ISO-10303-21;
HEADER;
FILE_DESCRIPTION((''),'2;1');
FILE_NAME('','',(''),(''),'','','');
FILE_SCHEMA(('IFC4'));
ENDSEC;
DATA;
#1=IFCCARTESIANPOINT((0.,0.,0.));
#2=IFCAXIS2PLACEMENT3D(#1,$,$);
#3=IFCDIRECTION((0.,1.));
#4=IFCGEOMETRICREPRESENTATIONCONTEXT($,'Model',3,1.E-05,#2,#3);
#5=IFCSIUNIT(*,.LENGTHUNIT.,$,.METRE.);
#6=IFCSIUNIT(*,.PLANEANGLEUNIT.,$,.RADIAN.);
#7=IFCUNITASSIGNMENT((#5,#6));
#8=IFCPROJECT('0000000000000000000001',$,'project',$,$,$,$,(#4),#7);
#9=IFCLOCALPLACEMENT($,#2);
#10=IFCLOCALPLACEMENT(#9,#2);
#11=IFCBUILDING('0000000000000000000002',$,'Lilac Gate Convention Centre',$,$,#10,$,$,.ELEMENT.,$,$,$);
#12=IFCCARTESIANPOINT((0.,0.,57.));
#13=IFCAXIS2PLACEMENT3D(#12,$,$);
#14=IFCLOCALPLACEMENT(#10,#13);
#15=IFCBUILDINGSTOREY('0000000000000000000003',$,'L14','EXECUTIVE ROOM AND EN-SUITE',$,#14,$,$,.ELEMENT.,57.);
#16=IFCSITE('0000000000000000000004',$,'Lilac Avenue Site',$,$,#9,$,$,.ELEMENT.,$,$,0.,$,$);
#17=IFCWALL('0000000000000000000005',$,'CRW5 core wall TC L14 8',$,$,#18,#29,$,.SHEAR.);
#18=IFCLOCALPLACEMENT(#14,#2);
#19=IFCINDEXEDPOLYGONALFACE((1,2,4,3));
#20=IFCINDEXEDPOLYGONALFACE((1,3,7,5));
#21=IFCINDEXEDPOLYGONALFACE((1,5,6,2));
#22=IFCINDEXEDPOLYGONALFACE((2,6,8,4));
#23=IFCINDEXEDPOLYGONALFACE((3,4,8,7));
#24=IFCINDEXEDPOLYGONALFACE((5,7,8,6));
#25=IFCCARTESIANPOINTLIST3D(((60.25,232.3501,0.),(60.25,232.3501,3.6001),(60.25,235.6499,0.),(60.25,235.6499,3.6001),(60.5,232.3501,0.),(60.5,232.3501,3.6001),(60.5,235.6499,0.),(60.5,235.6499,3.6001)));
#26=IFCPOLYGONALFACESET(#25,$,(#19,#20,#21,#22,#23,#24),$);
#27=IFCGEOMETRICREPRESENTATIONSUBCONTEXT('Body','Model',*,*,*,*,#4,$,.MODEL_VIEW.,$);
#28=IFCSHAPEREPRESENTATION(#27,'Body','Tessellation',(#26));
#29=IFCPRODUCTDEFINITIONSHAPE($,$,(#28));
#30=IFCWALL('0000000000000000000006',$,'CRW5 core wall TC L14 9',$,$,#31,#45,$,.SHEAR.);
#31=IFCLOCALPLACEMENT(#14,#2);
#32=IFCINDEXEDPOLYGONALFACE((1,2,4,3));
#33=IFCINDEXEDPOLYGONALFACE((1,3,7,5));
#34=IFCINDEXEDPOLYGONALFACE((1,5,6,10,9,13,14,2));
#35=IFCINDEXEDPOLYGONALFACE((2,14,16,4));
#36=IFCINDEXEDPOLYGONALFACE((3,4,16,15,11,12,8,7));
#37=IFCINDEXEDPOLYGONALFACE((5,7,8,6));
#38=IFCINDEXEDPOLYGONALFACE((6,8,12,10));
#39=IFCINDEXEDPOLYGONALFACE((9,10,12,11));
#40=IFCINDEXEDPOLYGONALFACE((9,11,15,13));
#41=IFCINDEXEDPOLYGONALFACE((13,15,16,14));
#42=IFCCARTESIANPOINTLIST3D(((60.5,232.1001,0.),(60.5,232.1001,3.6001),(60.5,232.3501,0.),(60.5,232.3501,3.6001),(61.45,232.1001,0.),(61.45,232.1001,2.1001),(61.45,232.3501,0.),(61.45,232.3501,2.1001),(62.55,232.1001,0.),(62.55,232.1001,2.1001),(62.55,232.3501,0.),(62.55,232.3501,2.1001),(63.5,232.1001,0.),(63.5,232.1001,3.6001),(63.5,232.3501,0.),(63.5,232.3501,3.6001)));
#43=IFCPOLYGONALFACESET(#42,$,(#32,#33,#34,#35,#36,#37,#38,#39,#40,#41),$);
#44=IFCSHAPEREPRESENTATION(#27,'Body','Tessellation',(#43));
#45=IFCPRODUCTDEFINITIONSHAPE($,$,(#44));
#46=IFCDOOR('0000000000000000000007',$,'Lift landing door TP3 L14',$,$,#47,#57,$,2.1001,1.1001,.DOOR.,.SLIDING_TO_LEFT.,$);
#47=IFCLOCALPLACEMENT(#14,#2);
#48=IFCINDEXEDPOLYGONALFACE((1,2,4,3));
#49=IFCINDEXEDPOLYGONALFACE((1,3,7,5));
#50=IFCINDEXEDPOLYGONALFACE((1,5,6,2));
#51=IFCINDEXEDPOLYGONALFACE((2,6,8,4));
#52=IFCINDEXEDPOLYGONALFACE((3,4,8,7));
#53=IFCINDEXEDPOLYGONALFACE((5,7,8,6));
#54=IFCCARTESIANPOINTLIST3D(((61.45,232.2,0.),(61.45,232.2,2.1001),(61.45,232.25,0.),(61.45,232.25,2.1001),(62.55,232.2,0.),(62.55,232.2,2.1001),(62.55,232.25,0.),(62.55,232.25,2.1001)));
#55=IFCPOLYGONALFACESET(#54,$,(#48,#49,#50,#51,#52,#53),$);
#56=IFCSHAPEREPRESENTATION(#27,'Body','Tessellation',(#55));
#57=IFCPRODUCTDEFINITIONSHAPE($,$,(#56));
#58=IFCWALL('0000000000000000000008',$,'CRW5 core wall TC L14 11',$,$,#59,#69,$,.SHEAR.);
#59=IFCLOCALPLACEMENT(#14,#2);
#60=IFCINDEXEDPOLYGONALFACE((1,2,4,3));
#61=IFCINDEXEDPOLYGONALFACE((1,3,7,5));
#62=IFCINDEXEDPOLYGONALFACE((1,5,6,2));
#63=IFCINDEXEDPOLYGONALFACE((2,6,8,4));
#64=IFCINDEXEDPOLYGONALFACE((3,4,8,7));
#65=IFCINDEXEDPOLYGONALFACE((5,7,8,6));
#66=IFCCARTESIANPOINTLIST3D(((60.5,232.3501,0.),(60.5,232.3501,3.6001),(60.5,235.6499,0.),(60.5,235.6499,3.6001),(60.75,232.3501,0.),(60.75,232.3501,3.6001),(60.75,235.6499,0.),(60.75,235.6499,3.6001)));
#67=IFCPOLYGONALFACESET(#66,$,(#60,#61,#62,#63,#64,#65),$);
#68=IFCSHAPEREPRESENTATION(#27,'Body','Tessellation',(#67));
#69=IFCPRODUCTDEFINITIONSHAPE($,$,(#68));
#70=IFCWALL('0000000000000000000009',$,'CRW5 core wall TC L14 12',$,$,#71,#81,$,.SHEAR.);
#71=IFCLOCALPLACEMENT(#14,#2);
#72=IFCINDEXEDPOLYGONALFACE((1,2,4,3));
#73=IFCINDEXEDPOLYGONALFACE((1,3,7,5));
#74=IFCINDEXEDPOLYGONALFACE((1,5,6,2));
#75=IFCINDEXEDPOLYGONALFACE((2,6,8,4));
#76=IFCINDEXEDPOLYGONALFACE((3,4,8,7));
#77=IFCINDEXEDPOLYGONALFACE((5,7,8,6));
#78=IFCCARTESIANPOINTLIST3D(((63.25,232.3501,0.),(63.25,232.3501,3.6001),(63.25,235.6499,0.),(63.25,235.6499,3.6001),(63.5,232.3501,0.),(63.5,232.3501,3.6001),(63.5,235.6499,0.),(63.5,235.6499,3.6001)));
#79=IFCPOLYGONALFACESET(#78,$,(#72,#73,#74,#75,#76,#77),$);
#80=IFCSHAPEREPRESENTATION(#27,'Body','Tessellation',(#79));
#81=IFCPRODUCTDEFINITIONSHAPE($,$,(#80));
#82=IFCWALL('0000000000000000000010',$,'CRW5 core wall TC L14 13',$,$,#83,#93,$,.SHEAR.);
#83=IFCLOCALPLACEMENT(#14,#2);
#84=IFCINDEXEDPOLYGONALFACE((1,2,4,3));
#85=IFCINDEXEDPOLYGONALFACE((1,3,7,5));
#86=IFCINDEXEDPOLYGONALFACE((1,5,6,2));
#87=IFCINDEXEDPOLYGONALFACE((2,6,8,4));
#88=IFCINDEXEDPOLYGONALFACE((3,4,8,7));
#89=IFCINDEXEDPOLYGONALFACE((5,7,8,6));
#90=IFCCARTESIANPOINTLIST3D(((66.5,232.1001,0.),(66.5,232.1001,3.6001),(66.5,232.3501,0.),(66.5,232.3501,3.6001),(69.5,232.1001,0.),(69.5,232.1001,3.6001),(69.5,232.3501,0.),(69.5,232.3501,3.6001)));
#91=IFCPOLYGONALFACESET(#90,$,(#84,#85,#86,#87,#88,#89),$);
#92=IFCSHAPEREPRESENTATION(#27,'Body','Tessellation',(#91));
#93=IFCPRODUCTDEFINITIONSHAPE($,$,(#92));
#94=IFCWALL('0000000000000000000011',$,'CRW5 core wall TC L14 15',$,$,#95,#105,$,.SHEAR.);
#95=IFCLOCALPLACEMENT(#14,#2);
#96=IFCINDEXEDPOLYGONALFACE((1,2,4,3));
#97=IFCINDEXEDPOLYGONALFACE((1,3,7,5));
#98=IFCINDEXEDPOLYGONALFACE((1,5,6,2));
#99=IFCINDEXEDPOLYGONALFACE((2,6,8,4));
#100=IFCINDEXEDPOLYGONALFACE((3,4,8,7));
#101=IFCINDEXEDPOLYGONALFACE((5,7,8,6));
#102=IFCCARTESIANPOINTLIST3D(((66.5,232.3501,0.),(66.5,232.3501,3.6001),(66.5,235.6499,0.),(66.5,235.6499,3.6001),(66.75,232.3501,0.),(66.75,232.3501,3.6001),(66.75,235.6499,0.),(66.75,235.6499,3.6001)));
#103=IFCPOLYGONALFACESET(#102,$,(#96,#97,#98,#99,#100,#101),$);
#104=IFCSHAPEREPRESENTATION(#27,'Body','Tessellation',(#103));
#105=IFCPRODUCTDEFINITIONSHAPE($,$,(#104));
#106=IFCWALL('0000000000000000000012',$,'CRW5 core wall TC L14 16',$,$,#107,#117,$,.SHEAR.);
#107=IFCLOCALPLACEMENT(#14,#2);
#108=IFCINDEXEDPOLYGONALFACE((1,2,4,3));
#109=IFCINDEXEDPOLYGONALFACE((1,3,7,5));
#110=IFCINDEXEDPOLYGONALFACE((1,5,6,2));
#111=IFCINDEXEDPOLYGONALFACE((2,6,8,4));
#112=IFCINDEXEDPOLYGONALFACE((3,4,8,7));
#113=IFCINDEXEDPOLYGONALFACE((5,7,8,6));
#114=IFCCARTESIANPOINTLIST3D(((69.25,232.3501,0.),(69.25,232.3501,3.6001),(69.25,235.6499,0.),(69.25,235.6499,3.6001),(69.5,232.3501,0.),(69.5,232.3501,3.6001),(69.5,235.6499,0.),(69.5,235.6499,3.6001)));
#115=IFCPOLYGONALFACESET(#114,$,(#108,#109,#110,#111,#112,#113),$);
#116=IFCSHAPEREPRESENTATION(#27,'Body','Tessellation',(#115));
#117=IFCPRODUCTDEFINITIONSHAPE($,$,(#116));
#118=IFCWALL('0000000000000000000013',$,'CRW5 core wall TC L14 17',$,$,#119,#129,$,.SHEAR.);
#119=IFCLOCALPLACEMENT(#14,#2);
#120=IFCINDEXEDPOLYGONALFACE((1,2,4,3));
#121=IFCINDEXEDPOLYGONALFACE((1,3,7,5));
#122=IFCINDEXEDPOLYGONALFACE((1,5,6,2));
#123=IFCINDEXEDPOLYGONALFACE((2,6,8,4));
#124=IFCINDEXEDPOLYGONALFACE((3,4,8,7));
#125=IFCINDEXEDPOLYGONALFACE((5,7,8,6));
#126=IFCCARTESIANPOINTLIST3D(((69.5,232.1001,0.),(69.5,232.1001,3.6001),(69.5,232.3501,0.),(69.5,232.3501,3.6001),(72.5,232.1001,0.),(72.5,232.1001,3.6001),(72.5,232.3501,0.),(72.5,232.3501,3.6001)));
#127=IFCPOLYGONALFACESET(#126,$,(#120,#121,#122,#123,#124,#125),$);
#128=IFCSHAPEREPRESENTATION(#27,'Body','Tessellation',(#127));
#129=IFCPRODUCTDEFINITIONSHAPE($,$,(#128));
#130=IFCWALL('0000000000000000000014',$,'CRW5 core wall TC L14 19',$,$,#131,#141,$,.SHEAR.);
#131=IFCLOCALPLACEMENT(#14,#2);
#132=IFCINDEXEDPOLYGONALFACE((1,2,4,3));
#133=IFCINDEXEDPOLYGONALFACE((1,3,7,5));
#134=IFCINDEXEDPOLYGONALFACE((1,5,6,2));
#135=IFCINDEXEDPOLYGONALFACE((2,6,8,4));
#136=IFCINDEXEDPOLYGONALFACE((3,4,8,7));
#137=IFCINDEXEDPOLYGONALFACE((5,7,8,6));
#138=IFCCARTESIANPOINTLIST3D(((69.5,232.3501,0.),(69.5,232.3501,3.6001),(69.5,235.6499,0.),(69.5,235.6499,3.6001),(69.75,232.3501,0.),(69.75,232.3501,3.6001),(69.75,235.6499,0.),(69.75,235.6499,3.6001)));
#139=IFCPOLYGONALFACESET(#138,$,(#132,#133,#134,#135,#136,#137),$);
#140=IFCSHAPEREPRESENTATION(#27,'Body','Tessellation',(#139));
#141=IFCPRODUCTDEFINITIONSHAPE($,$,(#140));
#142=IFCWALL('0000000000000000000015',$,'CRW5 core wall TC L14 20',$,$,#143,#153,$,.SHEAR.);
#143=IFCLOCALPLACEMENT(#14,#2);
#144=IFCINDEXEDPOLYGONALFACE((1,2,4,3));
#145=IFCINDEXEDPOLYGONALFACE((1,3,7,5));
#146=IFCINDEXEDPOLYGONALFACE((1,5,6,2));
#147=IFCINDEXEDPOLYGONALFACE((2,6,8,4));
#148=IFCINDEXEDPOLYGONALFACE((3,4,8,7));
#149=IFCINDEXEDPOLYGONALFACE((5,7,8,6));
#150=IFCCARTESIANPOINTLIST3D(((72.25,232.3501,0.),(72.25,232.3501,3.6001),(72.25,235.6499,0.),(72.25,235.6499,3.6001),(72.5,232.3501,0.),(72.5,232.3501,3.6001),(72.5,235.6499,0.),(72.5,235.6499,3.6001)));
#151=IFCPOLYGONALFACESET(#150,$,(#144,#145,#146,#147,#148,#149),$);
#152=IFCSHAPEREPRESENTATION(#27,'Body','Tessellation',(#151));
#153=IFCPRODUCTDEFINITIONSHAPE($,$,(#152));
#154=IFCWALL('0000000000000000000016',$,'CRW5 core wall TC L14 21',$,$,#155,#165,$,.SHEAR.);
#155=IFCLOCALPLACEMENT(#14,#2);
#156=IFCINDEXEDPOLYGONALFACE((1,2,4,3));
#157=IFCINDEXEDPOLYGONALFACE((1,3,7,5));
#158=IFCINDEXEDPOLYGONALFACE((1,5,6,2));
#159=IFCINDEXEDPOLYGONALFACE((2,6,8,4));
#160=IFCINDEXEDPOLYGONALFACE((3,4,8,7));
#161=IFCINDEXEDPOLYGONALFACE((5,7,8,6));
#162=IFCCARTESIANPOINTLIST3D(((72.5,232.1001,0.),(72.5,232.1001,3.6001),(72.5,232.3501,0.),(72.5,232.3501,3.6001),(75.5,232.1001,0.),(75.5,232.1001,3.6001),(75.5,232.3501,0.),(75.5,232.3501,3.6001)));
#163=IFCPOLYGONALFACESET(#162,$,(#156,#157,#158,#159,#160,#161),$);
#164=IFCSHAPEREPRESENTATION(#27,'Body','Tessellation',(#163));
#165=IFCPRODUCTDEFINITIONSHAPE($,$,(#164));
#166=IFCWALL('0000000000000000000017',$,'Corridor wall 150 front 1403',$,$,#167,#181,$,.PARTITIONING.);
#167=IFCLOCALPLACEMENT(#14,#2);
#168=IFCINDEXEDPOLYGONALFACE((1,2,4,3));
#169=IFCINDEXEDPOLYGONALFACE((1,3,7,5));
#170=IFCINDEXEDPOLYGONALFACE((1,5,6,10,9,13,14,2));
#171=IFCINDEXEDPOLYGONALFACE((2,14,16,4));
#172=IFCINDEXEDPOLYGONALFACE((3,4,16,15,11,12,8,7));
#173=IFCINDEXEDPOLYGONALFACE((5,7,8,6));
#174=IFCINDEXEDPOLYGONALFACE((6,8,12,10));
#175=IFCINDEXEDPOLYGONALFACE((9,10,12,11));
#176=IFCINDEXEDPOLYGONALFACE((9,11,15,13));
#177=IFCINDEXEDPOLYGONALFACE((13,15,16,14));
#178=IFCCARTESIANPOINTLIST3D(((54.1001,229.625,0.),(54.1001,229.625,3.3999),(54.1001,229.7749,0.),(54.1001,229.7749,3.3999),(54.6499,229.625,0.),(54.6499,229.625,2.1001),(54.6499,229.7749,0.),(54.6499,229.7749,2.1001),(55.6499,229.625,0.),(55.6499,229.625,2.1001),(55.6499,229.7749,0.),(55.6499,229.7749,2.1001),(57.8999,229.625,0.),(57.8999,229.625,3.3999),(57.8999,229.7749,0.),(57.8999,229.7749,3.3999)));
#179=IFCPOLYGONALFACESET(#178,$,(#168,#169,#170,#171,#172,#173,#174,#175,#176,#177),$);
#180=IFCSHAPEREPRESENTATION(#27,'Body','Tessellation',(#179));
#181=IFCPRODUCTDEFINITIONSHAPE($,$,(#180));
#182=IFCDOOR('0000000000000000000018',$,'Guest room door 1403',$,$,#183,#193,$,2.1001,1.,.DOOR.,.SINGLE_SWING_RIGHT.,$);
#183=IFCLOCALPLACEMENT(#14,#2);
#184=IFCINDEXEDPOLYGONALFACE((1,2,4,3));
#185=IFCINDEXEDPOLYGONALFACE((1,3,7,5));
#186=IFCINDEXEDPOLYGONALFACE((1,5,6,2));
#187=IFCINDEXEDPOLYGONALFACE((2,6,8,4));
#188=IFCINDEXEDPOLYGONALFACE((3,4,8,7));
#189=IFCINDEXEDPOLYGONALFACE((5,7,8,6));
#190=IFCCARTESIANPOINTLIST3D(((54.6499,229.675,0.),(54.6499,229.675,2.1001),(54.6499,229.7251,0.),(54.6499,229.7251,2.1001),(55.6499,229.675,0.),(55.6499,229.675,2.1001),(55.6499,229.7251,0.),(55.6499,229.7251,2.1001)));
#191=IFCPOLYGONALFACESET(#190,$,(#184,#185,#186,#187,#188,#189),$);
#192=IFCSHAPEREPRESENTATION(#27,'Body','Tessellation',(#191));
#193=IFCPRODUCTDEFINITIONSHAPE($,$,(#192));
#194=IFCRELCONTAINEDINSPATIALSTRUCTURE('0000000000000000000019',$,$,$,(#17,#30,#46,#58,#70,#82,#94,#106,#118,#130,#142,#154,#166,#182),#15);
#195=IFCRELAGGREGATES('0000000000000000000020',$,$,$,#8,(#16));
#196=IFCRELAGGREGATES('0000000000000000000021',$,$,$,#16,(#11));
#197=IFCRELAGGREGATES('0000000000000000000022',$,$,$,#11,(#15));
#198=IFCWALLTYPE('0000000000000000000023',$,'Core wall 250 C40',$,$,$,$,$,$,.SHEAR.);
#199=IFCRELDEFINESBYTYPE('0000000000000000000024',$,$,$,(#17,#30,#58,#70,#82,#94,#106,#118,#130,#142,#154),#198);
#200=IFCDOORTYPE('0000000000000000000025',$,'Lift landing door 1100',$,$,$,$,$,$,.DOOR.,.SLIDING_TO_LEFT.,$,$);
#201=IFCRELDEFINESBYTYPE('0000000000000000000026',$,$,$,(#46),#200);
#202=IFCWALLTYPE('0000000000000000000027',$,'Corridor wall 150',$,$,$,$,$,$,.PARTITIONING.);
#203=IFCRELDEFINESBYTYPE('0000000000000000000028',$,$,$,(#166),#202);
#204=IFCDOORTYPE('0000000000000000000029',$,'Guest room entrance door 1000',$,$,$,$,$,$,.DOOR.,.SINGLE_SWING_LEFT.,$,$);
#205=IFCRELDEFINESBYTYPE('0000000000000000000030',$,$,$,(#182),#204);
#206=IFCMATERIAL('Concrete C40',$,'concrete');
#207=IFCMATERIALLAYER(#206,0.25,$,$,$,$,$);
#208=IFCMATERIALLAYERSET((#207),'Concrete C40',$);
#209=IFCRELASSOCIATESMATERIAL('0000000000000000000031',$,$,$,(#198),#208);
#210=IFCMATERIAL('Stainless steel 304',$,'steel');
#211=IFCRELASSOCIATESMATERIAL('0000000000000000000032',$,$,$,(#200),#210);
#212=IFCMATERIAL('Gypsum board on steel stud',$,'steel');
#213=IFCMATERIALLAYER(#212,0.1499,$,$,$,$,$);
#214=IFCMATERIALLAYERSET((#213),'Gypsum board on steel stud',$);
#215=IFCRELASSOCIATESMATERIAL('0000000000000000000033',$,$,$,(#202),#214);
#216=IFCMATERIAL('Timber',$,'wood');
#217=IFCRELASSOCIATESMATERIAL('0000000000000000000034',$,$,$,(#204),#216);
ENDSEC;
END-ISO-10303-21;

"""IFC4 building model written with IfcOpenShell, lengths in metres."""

from ifc_helpers import new_model, si_unit, direction, frame, frame_2d, origin, place, context, subcontext, project, spatial, rectangle, extrude, material, layer, layer_set, type_object, element, fill, save


model = new_model("IFC4")

# Units and contexts
model_context = context("Model", 3, precision=1e-05, world=origin(), true_north=direction((0.0, 1.0)))
body_context = subcontext(model_context, "Body", "Model", "MODEL_VIEW")
ifc_project = project(units=[si_unit("LENGTHUNIT", "METRE"), si_unit("PLANEANGLEUNIT", "RADIAN")], contexts=[model_context])

# Site, building, storey
site_placement = place(None, origin())
site = spatial("IfcSite", under=ifc_project, at=site_placement, Name="Lilac Avenue Site", CompositionType="ELEMENT", RefElevation=0.0)
building_placement = place(site_placement, origin())
building = spatial("IfcBuilding", under=site, at=building_placement, Name="Lilac Gate Convention Centre", CompositionType="ELEMENT")
storey_placement = place(building_placement, frame((0.0, 0.0, 57.0)))
storey = spatial("IfcBuildingStorey", under=building, at=storey_placement, Name="L14", Description="EXECUTIVE ROOM AND EN-SUITE", CompositionType="ELEMENT", Elevation=57.0)

# Wall
ifc_material_1 = material(Name="Concrete C40", Category="concrete")
ifc_layer_1 = layer(ifc_material_1, 0.25)
ifc_layer_set_1 = layer_set([ifc_layer_1], Name="Concrete C40")
wall_type_1 = type_object("IfcWallType", Name="Core wall 250 C40", PredefinedType="SHEAR", material=ifc_layer_set_1)
wall_1_placement = place(storey_placement, frame((60.375, 232.3501, 0.0), z_axis=(0.0, 0.0, 1.0), x_axis=(0.0, 1.0, 0.0)))
element("IfcWall", 1, at=wall_1_placement, inside=storey, type_object=wall_type_1, Name="CRW5 core wall TC L14 8", PredefinedType="SHEAR", context=body_context, shape_type="SweptSolid", body=[
    extrude(rectangle(XDim=3.2998, YDim=0.25, at=frame_2d((1.6499, 0.0))), origin(), (0.0, 0.0, 1.0), 3.6001),
])

# Wall, opening, door
wall_2_placement = place(storey_placement, frame((60.5, 232.2251, 0.0), z_axis=(0.0, 0.0, 1.0), x_axis=(1.0, 0.0, 0.0)))
wall_2 = element("IfcWall", 2, at=wall_2_placement, inside=storey, type_object=wall_type_1, Name="CRW5 core wall TC L14 9", PredefinedType="SHEAR", context=body_context, shape_type="SweptSolid", body=[
    extrude(rectangle(XDim=3.0, YDim=0.25, at=frame_2d((1.5, 0.0))), origin(), (0.0, 0.0, 1.0), 3.6001),
])
opening_1_placement = place(wall_2_placement, frame((0.95, 0.0, 0.0)))
opening_1 = element("IfcOpeningElement", 3, at=opening_1_placement, cuts=wall_2, PredefinedType="OPENING", context=body_context, shape_type="SweptSolid", body=[
    extrude(rectangle(XDim=1.1001, YDim=2.1001, at=frame_2d((0.55, 1.05))), frame((0.0, 0.135, 0.0), z_axis=(0.0, -1.0, 0.0), x_axis=(1.0, 0.0, 0.0)), (0.0, 0.0, 1.0), 0.27),
])
ifc_material_2 = material(Name="Stainless steel 304", Category="steel")
door_type_1 = type_object("IfcDoorType", Name="Lift landing door 1100", OperationType="SLIDING_TO_LEFT", PredefinedType="DOOR", material=ifc_material_2)
door_1_placement = place(opening_1_placement, origin())
door_1 = element("IfcDoor", 4, at=door_1_placement, inside=storey, type_object=door_type_1, Name="Lift landing door TP3 L14", OperationType="SLIDING_TO_LEFT", OverallHeight=2.1001, OverallWidth=1.1001, PredefinedType="DOOR", context=body_context, shape_type="SweptSolid", body=[
    extrude(rectangle(XDim=1.1001, YDim=2.1001, at=frame_2d((0.55, 1.05))), frame((0.0, 0.0249, 0.0), z_axis=(0.0, -1.0, 0.0), x_axis=(1.0, 0.0, 0.0)), (0.0, 0.0, 1.0), 0.05),
])
fill(opening_1, door_1)

# Walls
for number, where, z_axis, x_axis, name in (
    (5, (60.625, 232.3501, 0.0), (0.0, 0.0, 1.0), (0.0, 1.0, 0.0), "CRW5 core wall TC L14 11"),
    (6, (63.375, 232.3501, 0.0), (0.0, 0.0, 1.0), (0.0, 1.0, 0.0), "CRW5 core wall TC L14 12"),
):
    element("IfcWall", number, at=place(storey_placement, frame(where, z_axis=z_axis, x_axis=x_axis)), inside=storey, type_object=wall_type_1, Name=name, PredefinedType="SHEAR", context=body_context, shape_type="SweptSolid", body=[
        extrude(rectangle(XDim=3.2998, YDim=0.25, at=frame_2d((1.6499, 0.0))), origin(), (0.0, 0.0, 1.0), 3.6001),
    ])
wall_3_placement = place(storey_placement, frame((66.5, 232.2251, 0.0), z_axis=(0.0, 0.0, 1.0), x_axis=(1.0, 0.0, 0.0)))
element("IfcWall", 7, at=wall_3_placement, inside=storey, type_object=wall_type_1, Name="CRW5 core wall TC L14 13", PredefinedType="SHEAR", context=body_context, shape_type="SweptSolid", body=[
    extrude(rectangle(XDim=3.0, YDim=0.25, at=frame_2d((1.5, 0.0))), origin(), (0.0, 0.0, 1.0), 3.6001),
])
for number, where, z_axis, x_axis, name in (
    (8, (66.625, 232.3501, 0.0), (0.0, 0.0, 1.0), (0.0, 1.0, 0.0), "CRW5 core wall TC L14 15"),
    (9, (69.375, 232.3501, 0.0), (0.0, 0.0, 1.0), (0.0, 1.0, 0.0), "CRW5 core wall TC L14 16"),
):
    element("IfcWall", number, at=place(storey_placement, frame(where, z_axis=z_axis, x_axis=x_axis)), inside=storey, type_object=wall_type_1, Name=name, PredefinedType="SHEAR", context=body_context, shape_type="SweptSolid", body=[
        extrude(rectangle(XDim=3.2998, YDim=0.25, at=frame_2d((1.6499, 0.0))), origin(), (0.0, 0.0, 1.0), 3.6001),
    ])
wall_4_placement = place(storey_placement, frame((69.5, 232.2251, 0.0), z_axis=(0.0, 0.0, 1.0), x_axis=(1.0, 0.0, 0.0)))
element("IfcWall", 10, at=wall_4_placement, inside=storey, type_object=wall_type_1, Name="CRW5 core wall TC L14 17", PredefinedType="SHEAR", context=body_context, shape_type="SweptSolid", body=[
    extrude(rectangle(XDim=3.0, YDim=0.25, at=frame_2d((1.5, 0.0))), origin(), (0.0, 0.0, 1.0), 3.6001),
])
for number, where, z_axis, x_axis, name in (
    (11, (69.625, 232.3501, 0.0), (0.0, 0.0, 1.0), (0.0, 1.0, 0.0), "CRW5 core wall TC L14 19"),
    (12, (72.375, 232.3501, 0.0), (0.0, 0.0, 1.0), (0.0, 1.0, 0.0), "CRW5 core wall TC L14 20"),
):
    element("IfcWall", number, at=place(storey_placement, frame(where, z_axis=z_axis, x_axis=x_axis)), inside=storey, type_object=wall_type_1, Name=name, PredefinedType="SHEAR", context=body_context, shape_type="SweptSolid", body=[
        extrude(rectangle(XDim=3.2998, YDim=0.25, at=frame_2d((1.6499, 0.0))), origin(), (0.0, 0.0, 1.0), 3.6001),
    ])
wall_5_placement = place(storey_placement, frame((72.5, 232.2251, 0.0), z_axis=(0.0, 0.0, 1.0), x_axis=(1.0, 0.0, 0.0)))
element("IfcWall", 13, at=wall_5_placement, inside=storey, type_object=wall_type_1, Name="CRW5 core wall TC L14 21", PredefinedType="SHEAR", context=body_context, shape_type="SweptSolid", body=[
    extrude(rectangle(XDim=3.0, YDim=0.25, at=frame_2d((1.5, 0.0))), origin(), (0.0, 0.0, 1.0), 3.6001),
])

# Wall, opening, door
ifc_material_3 = material(Name="Gypsum board on steel stud", Category="steel")
ifc_layer_2 = layer(ifc_material_3, 0.1499)
ifc_layer_set_2 = layer_set([ifc_layer_2], Name="Gypsum board on steel stud")
wall_type_2 = type_object("IfcWallType", Name="Corridor wall 150", PredefinedType="PARTITIONING", material=ifc_layer_set_2)
wall_6_placement = place(storey_placement, frame((57.8999, 229.7, 0.0), z_axis=(0.0, 0.0, 1.0), x_axis=(-1.0, 0.0, 0.0)))
wall_6 = element("IfcWall", 14, at=wall_6_placement, inside=storey, type_object=wall_type_2, Name="Corridor wall 150 front 1403", PredefinedType="PARTITIONING", context=body_context, shape_type="SweptSolid", body=[
    extrude(rectangle(XDim=3.7998, YDim=0.1499, at=frame_2d((1.8999, 0.0))), origin(), (0.0, 0.0, 1.0), 3.3999),
])
opening_2_placement = place(wall_6_placement, frame((2.25, 0.0, 0.0)))
opening_2 = element("IfcOpeningElement", 15, at=opening_2_placement, cuts=wall_6, PredefinedType="OPENING", context=body_context, shape_type="SweptSolid", body=[
    extrude(rectangle(XDim=1.0, YDim=2.1001, at=frame_2d((0.5, 1.05))), frame((0.0, 0.085, 0.0), z_axis=(0.0, -1.0, 0.0), x_axis=(1.0, 0.0, 0.0)), (0.0, 0.0, 1.0), 0.1699),
])
ifc_material_4 = material(Name="Timber", Category="wood")
door_type_2 = type_object("IfcDoorType", Name="Guest room entrance door 1000", OperationType="SINGLE_SWING_LEFT", PredefinedType="DOOR", material=ifc_material_4)
door_2_placement = place(opening_2_placement, origin())
door_2 = element("IfcDoor", 16, at=door_2_placement, inside=storey, type_object=door_type_2, Name="Guest room door 1403", OperationType="SINGLE_SWING_RIGHT", OverallHeight=2.1001, OverallWidth=1.0, PredefinedType="DOOR", context=body_context, shape_type="SweptSolid", body=[
    extrude(rectangle(XDim=1.0, YDim=2.1001, at=frame_2d((0.5, 1.05))), frame((0.0, 0.0249, 0.0), z_axis=(0.0, -1.0, 0.0), x_axis=(1.0, 0.0, 0.0)), (0.0, 0.0, 1.0), 0.05),
])
fill(opening_2, door_2)

save(model, "model.ifc")
